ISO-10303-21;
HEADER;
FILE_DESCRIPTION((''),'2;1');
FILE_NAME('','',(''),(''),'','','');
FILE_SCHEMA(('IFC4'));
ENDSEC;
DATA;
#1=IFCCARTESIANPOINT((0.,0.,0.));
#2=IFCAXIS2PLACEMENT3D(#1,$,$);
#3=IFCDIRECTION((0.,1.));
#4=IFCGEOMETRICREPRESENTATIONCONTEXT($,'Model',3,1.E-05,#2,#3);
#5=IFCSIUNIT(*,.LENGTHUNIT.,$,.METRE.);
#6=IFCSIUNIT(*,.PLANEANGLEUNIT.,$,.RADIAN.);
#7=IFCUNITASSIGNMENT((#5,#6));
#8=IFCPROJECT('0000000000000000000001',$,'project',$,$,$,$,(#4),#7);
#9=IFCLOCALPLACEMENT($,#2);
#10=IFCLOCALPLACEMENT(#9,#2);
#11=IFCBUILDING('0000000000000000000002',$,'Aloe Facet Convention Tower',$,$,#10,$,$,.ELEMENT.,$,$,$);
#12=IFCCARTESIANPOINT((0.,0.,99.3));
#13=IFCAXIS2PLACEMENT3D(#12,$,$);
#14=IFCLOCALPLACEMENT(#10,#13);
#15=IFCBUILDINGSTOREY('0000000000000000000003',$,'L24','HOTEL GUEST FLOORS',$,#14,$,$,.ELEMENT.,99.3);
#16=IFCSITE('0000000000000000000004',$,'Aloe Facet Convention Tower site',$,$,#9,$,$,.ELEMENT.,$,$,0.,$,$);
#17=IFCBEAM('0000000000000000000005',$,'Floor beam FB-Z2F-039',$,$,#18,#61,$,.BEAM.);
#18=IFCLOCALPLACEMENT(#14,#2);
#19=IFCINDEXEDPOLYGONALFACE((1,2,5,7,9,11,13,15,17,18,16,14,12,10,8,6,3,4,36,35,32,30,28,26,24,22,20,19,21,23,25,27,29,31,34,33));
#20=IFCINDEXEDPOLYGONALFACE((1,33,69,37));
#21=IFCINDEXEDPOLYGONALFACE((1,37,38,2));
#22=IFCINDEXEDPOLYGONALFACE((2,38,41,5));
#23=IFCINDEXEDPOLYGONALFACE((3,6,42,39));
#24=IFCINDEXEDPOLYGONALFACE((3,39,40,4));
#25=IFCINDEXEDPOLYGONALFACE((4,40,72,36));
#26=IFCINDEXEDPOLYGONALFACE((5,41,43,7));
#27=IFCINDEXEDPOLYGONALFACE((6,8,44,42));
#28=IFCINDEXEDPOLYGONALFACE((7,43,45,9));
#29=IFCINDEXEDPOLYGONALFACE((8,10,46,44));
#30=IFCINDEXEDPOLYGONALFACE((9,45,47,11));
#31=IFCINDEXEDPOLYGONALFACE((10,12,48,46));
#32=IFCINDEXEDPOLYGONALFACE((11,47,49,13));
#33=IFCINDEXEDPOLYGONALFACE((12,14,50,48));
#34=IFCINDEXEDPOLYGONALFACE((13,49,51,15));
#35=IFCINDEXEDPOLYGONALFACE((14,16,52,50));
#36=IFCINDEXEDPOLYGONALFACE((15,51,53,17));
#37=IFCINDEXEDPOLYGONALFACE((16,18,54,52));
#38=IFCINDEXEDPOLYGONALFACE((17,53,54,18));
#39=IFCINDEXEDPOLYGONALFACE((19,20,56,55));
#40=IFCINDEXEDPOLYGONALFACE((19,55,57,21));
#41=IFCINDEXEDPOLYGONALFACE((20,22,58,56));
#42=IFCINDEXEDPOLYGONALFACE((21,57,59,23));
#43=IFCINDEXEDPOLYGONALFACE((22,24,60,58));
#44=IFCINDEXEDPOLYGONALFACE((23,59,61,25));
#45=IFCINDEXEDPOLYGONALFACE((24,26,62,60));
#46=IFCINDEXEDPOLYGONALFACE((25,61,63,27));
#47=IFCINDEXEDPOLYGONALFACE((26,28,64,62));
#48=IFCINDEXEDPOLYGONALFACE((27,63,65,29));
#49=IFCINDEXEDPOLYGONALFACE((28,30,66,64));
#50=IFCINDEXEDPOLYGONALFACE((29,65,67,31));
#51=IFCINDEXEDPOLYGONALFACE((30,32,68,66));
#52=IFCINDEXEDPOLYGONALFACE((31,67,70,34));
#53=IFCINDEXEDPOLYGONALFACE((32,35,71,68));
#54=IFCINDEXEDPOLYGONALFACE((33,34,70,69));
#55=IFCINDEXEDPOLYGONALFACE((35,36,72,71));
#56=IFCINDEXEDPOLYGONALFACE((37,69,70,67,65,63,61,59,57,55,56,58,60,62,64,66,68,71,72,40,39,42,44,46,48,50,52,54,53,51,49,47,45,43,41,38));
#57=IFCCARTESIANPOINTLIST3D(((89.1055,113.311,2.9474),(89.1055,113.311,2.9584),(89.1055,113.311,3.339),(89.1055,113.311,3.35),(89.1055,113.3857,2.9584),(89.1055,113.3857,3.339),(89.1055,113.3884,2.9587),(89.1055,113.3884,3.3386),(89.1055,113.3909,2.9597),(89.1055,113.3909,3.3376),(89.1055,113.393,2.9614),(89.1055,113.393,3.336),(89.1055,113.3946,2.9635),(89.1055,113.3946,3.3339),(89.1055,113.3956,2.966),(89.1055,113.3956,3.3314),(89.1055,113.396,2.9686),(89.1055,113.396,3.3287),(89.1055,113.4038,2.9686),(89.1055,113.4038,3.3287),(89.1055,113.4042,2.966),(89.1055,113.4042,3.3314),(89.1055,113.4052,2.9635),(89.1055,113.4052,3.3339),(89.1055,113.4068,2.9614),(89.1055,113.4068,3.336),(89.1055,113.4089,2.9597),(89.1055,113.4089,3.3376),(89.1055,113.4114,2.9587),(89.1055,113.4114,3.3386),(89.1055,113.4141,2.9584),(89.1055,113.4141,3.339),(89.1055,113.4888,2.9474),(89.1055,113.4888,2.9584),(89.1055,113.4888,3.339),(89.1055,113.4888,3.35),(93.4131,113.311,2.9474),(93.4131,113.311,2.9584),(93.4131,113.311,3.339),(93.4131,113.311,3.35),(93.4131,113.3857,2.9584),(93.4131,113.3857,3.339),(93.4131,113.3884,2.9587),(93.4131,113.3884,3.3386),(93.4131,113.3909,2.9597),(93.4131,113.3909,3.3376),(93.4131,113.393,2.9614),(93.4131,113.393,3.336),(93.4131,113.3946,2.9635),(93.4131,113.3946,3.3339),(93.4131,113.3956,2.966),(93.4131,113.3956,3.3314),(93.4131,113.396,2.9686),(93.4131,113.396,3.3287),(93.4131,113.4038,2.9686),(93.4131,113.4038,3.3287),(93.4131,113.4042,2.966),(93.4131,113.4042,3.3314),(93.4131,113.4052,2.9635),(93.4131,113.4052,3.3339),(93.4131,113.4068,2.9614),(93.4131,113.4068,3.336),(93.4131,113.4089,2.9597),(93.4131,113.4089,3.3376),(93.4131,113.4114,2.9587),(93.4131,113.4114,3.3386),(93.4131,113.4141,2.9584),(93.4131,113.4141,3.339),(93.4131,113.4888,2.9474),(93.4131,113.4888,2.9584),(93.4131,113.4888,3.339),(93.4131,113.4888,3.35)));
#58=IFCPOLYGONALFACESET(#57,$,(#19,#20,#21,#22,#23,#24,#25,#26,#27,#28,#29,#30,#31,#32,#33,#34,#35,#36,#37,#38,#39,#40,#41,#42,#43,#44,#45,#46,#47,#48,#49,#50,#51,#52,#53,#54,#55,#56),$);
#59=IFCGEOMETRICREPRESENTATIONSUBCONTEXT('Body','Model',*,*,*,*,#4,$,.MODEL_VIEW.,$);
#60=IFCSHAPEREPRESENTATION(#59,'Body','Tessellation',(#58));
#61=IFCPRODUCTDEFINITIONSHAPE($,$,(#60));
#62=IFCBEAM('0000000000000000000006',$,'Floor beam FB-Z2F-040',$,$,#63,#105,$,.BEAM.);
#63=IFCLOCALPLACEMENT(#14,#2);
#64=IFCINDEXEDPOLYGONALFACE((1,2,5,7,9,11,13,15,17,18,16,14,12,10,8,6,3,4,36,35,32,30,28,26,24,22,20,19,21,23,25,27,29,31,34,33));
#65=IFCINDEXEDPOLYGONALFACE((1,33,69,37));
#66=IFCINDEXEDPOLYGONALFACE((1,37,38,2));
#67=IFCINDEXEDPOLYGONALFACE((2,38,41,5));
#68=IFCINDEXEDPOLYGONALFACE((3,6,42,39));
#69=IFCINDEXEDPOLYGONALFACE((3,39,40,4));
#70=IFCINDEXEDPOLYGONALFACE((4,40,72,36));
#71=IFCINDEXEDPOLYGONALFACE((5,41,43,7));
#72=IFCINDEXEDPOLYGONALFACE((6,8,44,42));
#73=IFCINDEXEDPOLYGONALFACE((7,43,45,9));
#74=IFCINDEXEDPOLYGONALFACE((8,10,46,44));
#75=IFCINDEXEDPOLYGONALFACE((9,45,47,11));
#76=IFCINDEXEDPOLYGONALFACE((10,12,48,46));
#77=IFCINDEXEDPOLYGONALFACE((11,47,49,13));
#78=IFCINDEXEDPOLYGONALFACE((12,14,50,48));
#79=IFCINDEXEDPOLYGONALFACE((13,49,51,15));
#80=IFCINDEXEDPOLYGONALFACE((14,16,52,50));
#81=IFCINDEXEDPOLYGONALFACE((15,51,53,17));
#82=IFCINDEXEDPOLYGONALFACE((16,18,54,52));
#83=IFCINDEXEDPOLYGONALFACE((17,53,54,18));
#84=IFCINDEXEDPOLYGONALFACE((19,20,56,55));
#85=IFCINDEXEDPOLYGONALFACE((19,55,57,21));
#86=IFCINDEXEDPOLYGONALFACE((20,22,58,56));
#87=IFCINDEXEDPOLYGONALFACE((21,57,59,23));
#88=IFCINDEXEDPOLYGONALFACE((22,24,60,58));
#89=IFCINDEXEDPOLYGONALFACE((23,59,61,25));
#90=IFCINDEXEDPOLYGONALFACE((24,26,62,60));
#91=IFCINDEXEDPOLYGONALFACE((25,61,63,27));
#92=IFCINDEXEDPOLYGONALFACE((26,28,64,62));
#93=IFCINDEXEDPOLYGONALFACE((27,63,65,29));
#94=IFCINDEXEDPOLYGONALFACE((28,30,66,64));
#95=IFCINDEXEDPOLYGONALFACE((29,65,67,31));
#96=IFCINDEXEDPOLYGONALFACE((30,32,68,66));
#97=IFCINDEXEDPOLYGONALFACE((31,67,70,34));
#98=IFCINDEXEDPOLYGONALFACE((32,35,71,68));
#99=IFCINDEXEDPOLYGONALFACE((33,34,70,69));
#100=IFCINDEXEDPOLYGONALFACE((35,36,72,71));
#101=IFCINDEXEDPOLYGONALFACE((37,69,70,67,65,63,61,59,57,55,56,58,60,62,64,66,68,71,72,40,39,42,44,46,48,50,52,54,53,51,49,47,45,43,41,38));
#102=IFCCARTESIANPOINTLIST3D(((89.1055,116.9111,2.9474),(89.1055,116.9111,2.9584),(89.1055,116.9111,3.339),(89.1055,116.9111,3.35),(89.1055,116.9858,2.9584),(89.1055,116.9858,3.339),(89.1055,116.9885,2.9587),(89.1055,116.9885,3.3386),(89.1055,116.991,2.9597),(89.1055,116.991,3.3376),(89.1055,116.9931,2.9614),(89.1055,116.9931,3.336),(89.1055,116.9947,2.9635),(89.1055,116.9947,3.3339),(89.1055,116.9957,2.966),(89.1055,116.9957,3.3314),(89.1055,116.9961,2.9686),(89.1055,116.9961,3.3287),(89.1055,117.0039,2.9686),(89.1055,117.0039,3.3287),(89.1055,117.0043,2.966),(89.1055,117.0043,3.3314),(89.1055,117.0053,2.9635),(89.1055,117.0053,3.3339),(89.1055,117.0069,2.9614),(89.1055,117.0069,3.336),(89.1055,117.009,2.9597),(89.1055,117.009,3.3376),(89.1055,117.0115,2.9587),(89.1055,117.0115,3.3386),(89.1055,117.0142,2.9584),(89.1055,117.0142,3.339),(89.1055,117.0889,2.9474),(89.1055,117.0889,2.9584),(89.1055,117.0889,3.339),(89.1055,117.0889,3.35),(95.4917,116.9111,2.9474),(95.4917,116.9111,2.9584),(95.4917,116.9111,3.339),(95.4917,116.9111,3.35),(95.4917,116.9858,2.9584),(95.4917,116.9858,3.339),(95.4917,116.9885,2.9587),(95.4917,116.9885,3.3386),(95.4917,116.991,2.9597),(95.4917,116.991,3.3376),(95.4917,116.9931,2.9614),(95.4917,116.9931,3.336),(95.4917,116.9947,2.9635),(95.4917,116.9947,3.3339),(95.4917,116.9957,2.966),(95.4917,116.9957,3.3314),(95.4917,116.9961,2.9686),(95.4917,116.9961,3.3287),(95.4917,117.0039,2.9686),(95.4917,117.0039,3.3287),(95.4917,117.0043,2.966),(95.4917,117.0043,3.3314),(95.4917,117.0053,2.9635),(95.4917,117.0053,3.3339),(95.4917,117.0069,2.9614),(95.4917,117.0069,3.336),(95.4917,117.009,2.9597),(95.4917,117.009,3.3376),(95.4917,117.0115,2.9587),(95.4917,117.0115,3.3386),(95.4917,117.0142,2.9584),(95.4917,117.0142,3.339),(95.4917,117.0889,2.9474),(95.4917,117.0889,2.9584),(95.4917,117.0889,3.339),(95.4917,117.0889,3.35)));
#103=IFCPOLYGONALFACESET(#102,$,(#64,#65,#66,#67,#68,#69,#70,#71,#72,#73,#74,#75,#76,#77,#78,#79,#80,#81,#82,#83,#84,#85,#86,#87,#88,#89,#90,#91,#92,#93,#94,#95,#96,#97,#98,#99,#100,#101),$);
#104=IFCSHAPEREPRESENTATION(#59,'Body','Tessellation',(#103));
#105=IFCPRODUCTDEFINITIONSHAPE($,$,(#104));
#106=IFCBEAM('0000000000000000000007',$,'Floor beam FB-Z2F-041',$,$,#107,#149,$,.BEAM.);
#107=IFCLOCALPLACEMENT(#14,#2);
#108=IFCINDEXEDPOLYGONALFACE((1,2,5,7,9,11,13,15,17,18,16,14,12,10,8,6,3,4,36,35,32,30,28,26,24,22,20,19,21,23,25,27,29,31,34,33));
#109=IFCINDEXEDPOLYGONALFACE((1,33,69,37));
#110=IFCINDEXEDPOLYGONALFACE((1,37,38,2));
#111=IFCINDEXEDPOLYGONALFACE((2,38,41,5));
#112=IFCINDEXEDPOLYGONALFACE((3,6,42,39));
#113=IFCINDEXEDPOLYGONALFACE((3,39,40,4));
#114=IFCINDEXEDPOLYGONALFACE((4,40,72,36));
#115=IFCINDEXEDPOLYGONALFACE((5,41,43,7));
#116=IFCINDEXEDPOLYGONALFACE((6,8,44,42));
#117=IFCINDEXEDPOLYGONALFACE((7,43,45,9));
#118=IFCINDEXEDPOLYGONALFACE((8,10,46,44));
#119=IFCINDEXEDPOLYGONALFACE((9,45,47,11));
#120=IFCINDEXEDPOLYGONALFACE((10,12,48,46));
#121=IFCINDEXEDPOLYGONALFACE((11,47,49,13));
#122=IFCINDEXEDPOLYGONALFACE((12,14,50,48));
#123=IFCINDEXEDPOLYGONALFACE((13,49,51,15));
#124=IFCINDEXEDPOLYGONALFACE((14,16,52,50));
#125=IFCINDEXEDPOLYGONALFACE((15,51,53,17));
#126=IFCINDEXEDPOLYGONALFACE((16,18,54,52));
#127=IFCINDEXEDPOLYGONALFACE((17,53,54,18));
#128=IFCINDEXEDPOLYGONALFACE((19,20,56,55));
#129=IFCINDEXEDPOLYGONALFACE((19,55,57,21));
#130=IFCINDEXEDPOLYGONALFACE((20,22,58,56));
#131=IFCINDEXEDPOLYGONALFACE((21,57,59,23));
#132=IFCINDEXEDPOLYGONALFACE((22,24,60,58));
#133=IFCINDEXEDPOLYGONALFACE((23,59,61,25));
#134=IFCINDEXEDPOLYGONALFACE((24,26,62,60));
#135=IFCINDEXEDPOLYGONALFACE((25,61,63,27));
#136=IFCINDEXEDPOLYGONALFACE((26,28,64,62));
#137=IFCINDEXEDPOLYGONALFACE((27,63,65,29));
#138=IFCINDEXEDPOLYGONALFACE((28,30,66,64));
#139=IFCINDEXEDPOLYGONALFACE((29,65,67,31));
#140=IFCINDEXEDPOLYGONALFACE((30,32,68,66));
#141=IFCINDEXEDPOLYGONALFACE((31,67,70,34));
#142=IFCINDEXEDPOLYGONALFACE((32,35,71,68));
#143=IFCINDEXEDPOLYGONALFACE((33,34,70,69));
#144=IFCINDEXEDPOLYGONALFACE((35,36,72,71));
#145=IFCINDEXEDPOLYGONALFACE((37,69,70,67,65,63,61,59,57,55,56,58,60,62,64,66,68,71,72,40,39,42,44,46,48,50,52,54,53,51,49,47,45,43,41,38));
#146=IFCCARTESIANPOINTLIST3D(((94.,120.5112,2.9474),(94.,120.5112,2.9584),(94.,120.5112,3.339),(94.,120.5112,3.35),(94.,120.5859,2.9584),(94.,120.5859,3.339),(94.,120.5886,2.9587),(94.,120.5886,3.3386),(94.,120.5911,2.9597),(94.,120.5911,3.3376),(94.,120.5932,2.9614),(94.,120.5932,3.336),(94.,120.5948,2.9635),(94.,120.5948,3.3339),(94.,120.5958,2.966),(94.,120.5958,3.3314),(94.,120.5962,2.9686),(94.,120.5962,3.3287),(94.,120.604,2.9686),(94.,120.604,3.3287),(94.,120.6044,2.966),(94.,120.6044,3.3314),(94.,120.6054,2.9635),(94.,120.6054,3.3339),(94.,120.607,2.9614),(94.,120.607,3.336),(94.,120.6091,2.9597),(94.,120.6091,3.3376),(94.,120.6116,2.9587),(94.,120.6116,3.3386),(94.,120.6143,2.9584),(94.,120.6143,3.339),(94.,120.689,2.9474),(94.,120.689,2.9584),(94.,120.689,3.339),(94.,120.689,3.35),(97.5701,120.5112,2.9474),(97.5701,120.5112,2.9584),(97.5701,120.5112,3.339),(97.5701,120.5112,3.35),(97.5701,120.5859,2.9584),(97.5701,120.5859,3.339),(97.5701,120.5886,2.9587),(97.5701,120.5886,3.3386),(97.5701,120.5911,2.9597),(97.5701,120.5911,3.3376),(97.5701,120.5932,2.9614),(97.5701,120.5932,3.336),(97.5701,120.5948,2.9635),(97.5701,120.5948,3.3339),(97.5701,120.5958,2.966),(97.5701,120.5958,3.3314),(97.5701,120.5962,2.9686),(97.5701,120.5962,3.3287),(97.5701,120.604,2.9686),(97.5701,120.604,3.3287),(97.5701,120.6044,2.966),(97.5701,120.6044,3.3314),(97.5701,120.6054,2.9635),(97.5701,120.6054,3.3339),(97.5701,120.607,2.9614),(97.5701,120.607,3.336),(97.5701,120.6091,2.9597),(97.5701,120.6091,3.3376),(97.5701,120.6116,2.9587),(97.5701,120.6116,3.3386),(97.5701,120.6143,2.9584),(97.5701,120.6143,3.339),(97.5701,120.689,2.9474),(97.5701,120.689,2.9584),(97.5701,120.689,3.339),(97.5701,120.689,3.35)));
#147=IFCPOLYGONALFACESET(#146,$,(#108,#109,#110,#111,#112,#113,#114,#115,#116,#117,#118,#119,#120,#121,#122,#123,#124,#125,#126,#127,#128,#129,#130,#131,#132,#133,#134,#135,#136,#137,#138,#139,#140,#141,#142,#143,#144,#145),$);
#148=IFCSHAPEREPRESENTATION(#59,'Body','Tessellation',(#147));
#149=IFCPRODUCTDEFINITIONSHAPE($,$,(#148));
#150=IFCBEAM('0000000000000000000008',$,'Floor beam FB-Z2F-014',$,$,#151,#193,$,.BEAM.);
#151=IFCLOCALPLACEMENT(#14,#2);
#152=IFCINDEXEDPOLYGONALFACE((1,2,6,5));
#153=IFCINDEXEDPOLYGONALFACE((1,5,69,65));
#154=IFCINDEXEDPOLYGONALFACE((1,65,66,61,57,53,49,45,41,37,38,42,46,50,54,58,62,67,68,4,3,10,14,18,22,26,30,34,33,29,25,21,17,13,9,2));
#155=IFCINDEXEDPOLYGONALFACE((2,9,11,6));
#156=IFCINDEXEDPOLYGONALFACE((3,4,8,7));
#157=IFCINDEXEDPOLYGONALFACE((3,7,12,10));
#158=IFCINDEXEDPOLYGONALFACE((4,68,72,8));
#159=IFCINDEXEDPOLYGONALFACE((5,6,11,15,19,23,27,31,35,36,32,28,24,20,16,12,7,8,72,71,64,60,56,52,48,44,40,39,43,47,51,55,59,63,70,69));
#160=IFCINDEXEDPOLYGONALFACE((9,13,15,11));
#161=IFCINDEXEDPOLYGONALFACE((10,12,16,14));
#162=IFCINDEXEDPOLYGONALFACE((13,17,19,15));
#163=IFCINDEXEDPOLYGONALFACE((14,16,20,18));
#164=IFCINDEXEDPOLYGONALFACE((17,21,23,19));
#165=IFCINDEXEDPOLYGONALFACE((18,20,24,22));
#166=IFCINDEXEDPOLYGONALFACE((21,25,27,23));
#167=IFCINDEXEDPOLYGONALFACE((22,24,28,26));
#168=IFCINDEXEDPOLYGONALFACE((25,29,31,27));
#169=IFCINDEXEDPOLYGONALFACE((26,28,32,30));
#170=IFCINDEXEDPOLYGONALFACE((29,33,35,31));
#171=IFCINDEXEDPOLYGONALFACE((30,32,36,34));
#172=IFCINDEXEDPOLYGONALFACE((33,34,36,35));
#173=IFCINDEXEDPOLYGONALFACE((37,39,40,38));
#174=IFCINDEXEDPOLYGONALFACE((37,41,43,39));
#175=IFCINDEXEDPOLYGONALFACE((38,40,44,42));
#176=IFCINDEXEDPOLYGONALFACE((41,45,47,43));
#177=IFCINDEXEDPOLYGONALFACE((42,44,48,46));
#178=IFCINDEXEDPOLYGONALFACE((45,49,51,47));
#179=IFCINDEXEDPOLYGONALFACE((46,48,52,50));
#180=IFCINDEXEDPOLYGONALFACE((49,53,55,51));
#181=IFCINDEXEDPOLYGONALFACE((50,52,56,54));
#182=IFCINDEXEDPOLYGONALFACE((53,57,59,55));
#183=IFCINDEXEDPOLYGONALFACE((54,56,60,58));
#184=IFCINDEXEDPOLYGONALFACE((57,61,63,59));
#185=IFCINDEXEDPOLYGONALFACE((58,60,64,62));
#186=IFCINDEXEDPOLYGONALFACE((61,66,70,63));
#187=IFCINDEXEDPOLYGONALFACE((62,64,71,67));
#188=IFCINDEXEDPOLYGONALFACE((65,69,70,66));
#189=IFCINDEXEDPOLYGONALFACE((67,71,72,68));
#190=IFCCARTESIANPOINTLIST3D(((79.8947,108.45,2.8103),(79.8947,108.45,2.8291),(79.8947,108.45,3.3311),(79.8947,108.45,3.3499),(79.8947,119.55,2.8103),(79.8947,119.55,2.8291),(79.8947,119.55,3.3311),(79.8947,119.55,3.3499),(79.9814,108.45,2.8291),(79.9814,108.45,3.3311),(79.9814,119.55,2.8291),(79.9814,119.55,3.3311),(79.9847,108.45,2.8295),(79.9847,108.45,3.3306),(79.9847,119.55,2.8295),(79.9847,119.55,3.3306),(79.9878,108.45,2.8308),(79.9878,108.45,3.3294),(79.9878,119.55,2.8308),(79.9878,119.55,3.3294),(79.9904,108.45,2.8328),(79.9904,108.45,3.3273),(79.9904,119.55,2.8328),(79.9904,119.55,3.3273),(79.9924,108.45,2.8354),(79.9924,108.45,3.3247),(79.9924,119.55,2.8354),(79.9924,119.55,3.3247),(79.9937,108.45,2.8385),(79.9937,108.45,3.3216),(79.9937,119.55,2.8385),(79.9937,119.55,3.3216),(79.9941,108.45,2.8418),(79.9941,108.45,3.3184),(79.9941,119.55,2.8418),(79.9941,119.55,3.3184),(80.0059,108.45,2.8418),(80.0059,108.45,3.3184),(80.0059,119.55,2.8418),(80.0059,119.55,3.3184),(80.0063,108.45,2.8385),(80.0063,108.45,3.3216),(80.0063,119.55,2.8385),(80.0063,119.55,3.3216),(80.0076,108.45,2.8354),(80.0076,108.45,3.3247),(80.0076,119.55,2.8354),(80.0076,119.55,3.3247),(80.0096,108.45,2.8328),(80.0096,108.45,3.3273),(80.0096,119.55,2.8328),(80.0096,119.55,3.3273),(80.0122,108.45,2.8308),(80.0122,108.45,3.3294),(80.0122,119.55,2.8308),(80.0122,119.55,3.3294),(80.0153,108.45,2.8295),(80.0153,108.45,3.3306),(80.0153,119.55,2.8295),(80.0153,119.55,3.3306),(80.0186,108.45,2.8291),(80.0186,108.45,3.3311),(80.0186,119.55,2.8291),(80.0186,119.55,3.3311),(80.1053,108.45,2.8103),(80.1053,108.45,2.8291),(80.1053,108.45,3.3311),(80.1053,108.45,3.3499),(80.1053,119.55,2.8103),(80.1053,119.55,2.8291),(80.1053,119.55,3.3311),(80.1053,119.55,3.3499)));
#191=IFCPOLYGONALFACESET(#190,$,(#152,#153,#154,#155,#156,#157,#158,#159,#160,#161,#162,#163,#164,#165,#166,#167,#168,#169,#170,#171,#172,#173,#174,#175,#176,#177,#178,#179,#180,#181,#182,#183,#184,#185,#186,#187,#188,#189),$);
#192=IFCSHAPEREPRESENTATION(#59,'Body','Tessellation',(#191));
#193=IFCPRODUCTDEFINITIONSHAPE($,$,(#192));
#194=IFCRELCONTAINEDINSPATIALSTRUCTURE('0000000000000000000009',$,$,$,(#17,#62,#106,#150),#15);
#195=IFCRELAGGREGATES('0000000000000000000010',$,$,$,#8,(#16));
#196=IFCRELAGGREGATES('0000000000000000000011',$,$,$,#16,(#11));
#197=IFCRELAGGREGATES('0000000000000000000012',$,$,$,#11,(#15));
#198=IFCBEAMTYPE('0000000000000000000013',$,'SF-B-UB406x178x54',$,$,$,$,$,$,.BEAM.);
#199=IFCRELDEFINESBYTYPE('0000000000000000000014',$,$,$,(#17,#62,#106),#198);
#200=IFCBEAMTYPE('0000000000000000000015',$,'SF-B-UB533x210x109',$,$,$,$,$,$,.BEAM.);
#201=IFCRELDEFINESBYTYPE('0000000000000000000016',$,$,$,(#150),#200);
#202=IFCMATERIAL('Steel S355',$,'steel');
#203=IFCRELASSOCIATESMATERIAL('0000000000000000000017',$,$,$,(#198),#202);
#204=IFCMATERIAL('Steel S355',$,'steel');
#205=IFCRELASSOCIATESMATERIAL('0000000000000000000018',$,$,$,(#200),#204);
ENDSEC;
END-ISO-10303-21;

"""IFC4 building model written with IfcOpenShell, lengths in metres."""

from ifc_helpers import new_model, si_unit, direction, frame, origin, origin_2d, place, context, subcontext, project, spatial, i_section, extrude, material, material_profile, profile_set, type_object, element, save


model = new_model("IFC4")

# Units and contexts
model_context = context("Model", 3, precision=1e-05, world=origin(), true_north=direction((0.0, 1.0)))
body_context = subcontext(model_context, "Body", "Model", "MODEL_VIEW")
ifc_project = project(units=[si_unit("LENGTHUNIT", "METRE"), si_unit("PLANEANGLEUNIT", "RADIAN")], contexts=[model_context])

# Site, building, storey
site_placement = place(None, origin())
site = spatial("IfcSite", under=ifc_project, at=site_placement, Name="Aloe Facet Convention Tower site", CompositionType="ELEMENT", RefElevation=0.0)
building_placement = place(site_placement, origin())
building = spatial("IfcBuilding", under=site, at=building_placement, Name="Aloe Facet Convention Tower", CompositionType="ELEMENT")
storey_placement = place(building_placement, frame((0.0, 0.0, 99.3)))
storey = spatial("IfcBuildingStorey", under=building, at=storey_placement, Name="L24", Description="HOTEL GUEST FLOORS", CompositionType="ELEMENT", Elevation=99.3)

# Beams
ifc_material_1 = material(Name="Steel S355", Category="steel")
ifc_material_profile_1 = material_profile(ifc_material_1, i_section(OverallWidth=0.1777, OverallDepth=0.4026, WebThickness=0.0078, FlangeThickness=0.011, FilletRadius=0.0103, at=origin_2d()), Name="UB 406x178x54")
ifc_profile_set_1 = profile_set([ifc_material_profile_1], Name="Steel S355")
beam_type_1 = type_object("IfcBeamType", Name="SF-B-UB406x178x54", PredefinedType="BEAM", material=ifc_profile_set_1)
beam_1_placement = place(storey_placement, frame((89.1055, 113.3999, 3.1487), z_axis=(1.0, 0.0, 0.0), x_axis=(0.0, 1.0, 0.0)))
element("IfcBeam", 1, at=beam_1_placement, inside=storey, type_object=beam_type_1, Name="Floor beam FB-Z2F-039", PredefinedType="BEAM", context=body_context, shape_type="SweptSolid", body=[
    extrude(i_section(OverallWidth=0.1777, OverallDepth=0.4026, WebThickness=0.0078, FlangeThickness=0.011, FilletRadius=0.0103, at=origin_2d()), origin(), (0.0, 0.0, 1.0), 4.3076),
])
beam_2_placement = place(storey_placement, frame((89.1055, 117.0, 3.1487), z_axis=(1.0, 0.0, 0.0), x_axis=(0.0, 1.0, 0.0)))
element("IfcBeam", 2, at=beam_2_placement, inside=storey, type_object=beam_type_1, Name="Floor beam FB-Z2F-040", PredefinedType="BEAM", context=body_context, shape_type="SweptSolid", body=[
    extrude(i_section(OverallWidth=0.1777, OverallDepth=0.4026, WebThickness=0.0078, FlangeThickness=0.011, FilletRadius=0.0103, at=origin_2d()), origin(), (0.0, 0.0, 1.0), 6.3862),
])
beam_3_placement = place(storey_placement, frame((94.0, 120.6001, 3.1487), z_axis=(1.0, 0.0, 0.0), x_axis=(0.0, 1.0, 0.0)))
element("IfcBeam", 3, at=beam_3_placement, inside=storey, type_object=beam_type_1, Name="Floor beam FB-Z2F-041", PredefinedType="BEAM", context=body_context, shape_type="SweptSolid", body=[
    extrude(i_section(OverallWidth=0.1777, OverallDepth=0.4026, WebThickness=0.0078, FlangeThickness=0.011, FilletRadius=0.0103, at=origin_2d()), origin(), (0.0, 0.0, 1.0), 3.5701),
])
ifc_material_2 = material(Name="Steel S355", Category="steel")
ifc_material_profile_2 = material_profile(ifc_material_2, i_section(OverallWidth=0.2107, OverallDepth=0.5396, WebThickness=0.0117, FlangeThickness=0.0188, FilletRadius=0.0127, at=origin_2d()), Name="UB 533x210x109")
ifc_profile_set_2 = profile_set([ifc_material_profile_2], Name="Steel S355")
beam_type_2 = type_object("IfcBeamType", Name="SF-B-UB533x210x109", PredefinedType="BEAM", material=ifc_profile_set_2)
beam_4_placement = place(storey_placement, frame((80.0, 119.55, 3.0801), z_axis=(0.0, -1.0, 0.0), x_axis=(1.0, 0.0, 0.0)))
element("IfcBeam", 4, at=beam_4_placement, inside=storey, type_object=beam_type_2, Name="Floor beam FB-Z2F-014", PredefinedType="BEAM", context=body_context, shape_type="SweptSolid", body=[
    extrude(i_section(OverallWidth=0.2107, OverallDepth=0.5396, WebThickness=0.0117, FlangeThickness=0.0188, FilletRadius=0.0127, at=origin_2d()), origin(), (0.0, 0.0, 1.0), 11.1001),
])

save(model, "model.ifc")
